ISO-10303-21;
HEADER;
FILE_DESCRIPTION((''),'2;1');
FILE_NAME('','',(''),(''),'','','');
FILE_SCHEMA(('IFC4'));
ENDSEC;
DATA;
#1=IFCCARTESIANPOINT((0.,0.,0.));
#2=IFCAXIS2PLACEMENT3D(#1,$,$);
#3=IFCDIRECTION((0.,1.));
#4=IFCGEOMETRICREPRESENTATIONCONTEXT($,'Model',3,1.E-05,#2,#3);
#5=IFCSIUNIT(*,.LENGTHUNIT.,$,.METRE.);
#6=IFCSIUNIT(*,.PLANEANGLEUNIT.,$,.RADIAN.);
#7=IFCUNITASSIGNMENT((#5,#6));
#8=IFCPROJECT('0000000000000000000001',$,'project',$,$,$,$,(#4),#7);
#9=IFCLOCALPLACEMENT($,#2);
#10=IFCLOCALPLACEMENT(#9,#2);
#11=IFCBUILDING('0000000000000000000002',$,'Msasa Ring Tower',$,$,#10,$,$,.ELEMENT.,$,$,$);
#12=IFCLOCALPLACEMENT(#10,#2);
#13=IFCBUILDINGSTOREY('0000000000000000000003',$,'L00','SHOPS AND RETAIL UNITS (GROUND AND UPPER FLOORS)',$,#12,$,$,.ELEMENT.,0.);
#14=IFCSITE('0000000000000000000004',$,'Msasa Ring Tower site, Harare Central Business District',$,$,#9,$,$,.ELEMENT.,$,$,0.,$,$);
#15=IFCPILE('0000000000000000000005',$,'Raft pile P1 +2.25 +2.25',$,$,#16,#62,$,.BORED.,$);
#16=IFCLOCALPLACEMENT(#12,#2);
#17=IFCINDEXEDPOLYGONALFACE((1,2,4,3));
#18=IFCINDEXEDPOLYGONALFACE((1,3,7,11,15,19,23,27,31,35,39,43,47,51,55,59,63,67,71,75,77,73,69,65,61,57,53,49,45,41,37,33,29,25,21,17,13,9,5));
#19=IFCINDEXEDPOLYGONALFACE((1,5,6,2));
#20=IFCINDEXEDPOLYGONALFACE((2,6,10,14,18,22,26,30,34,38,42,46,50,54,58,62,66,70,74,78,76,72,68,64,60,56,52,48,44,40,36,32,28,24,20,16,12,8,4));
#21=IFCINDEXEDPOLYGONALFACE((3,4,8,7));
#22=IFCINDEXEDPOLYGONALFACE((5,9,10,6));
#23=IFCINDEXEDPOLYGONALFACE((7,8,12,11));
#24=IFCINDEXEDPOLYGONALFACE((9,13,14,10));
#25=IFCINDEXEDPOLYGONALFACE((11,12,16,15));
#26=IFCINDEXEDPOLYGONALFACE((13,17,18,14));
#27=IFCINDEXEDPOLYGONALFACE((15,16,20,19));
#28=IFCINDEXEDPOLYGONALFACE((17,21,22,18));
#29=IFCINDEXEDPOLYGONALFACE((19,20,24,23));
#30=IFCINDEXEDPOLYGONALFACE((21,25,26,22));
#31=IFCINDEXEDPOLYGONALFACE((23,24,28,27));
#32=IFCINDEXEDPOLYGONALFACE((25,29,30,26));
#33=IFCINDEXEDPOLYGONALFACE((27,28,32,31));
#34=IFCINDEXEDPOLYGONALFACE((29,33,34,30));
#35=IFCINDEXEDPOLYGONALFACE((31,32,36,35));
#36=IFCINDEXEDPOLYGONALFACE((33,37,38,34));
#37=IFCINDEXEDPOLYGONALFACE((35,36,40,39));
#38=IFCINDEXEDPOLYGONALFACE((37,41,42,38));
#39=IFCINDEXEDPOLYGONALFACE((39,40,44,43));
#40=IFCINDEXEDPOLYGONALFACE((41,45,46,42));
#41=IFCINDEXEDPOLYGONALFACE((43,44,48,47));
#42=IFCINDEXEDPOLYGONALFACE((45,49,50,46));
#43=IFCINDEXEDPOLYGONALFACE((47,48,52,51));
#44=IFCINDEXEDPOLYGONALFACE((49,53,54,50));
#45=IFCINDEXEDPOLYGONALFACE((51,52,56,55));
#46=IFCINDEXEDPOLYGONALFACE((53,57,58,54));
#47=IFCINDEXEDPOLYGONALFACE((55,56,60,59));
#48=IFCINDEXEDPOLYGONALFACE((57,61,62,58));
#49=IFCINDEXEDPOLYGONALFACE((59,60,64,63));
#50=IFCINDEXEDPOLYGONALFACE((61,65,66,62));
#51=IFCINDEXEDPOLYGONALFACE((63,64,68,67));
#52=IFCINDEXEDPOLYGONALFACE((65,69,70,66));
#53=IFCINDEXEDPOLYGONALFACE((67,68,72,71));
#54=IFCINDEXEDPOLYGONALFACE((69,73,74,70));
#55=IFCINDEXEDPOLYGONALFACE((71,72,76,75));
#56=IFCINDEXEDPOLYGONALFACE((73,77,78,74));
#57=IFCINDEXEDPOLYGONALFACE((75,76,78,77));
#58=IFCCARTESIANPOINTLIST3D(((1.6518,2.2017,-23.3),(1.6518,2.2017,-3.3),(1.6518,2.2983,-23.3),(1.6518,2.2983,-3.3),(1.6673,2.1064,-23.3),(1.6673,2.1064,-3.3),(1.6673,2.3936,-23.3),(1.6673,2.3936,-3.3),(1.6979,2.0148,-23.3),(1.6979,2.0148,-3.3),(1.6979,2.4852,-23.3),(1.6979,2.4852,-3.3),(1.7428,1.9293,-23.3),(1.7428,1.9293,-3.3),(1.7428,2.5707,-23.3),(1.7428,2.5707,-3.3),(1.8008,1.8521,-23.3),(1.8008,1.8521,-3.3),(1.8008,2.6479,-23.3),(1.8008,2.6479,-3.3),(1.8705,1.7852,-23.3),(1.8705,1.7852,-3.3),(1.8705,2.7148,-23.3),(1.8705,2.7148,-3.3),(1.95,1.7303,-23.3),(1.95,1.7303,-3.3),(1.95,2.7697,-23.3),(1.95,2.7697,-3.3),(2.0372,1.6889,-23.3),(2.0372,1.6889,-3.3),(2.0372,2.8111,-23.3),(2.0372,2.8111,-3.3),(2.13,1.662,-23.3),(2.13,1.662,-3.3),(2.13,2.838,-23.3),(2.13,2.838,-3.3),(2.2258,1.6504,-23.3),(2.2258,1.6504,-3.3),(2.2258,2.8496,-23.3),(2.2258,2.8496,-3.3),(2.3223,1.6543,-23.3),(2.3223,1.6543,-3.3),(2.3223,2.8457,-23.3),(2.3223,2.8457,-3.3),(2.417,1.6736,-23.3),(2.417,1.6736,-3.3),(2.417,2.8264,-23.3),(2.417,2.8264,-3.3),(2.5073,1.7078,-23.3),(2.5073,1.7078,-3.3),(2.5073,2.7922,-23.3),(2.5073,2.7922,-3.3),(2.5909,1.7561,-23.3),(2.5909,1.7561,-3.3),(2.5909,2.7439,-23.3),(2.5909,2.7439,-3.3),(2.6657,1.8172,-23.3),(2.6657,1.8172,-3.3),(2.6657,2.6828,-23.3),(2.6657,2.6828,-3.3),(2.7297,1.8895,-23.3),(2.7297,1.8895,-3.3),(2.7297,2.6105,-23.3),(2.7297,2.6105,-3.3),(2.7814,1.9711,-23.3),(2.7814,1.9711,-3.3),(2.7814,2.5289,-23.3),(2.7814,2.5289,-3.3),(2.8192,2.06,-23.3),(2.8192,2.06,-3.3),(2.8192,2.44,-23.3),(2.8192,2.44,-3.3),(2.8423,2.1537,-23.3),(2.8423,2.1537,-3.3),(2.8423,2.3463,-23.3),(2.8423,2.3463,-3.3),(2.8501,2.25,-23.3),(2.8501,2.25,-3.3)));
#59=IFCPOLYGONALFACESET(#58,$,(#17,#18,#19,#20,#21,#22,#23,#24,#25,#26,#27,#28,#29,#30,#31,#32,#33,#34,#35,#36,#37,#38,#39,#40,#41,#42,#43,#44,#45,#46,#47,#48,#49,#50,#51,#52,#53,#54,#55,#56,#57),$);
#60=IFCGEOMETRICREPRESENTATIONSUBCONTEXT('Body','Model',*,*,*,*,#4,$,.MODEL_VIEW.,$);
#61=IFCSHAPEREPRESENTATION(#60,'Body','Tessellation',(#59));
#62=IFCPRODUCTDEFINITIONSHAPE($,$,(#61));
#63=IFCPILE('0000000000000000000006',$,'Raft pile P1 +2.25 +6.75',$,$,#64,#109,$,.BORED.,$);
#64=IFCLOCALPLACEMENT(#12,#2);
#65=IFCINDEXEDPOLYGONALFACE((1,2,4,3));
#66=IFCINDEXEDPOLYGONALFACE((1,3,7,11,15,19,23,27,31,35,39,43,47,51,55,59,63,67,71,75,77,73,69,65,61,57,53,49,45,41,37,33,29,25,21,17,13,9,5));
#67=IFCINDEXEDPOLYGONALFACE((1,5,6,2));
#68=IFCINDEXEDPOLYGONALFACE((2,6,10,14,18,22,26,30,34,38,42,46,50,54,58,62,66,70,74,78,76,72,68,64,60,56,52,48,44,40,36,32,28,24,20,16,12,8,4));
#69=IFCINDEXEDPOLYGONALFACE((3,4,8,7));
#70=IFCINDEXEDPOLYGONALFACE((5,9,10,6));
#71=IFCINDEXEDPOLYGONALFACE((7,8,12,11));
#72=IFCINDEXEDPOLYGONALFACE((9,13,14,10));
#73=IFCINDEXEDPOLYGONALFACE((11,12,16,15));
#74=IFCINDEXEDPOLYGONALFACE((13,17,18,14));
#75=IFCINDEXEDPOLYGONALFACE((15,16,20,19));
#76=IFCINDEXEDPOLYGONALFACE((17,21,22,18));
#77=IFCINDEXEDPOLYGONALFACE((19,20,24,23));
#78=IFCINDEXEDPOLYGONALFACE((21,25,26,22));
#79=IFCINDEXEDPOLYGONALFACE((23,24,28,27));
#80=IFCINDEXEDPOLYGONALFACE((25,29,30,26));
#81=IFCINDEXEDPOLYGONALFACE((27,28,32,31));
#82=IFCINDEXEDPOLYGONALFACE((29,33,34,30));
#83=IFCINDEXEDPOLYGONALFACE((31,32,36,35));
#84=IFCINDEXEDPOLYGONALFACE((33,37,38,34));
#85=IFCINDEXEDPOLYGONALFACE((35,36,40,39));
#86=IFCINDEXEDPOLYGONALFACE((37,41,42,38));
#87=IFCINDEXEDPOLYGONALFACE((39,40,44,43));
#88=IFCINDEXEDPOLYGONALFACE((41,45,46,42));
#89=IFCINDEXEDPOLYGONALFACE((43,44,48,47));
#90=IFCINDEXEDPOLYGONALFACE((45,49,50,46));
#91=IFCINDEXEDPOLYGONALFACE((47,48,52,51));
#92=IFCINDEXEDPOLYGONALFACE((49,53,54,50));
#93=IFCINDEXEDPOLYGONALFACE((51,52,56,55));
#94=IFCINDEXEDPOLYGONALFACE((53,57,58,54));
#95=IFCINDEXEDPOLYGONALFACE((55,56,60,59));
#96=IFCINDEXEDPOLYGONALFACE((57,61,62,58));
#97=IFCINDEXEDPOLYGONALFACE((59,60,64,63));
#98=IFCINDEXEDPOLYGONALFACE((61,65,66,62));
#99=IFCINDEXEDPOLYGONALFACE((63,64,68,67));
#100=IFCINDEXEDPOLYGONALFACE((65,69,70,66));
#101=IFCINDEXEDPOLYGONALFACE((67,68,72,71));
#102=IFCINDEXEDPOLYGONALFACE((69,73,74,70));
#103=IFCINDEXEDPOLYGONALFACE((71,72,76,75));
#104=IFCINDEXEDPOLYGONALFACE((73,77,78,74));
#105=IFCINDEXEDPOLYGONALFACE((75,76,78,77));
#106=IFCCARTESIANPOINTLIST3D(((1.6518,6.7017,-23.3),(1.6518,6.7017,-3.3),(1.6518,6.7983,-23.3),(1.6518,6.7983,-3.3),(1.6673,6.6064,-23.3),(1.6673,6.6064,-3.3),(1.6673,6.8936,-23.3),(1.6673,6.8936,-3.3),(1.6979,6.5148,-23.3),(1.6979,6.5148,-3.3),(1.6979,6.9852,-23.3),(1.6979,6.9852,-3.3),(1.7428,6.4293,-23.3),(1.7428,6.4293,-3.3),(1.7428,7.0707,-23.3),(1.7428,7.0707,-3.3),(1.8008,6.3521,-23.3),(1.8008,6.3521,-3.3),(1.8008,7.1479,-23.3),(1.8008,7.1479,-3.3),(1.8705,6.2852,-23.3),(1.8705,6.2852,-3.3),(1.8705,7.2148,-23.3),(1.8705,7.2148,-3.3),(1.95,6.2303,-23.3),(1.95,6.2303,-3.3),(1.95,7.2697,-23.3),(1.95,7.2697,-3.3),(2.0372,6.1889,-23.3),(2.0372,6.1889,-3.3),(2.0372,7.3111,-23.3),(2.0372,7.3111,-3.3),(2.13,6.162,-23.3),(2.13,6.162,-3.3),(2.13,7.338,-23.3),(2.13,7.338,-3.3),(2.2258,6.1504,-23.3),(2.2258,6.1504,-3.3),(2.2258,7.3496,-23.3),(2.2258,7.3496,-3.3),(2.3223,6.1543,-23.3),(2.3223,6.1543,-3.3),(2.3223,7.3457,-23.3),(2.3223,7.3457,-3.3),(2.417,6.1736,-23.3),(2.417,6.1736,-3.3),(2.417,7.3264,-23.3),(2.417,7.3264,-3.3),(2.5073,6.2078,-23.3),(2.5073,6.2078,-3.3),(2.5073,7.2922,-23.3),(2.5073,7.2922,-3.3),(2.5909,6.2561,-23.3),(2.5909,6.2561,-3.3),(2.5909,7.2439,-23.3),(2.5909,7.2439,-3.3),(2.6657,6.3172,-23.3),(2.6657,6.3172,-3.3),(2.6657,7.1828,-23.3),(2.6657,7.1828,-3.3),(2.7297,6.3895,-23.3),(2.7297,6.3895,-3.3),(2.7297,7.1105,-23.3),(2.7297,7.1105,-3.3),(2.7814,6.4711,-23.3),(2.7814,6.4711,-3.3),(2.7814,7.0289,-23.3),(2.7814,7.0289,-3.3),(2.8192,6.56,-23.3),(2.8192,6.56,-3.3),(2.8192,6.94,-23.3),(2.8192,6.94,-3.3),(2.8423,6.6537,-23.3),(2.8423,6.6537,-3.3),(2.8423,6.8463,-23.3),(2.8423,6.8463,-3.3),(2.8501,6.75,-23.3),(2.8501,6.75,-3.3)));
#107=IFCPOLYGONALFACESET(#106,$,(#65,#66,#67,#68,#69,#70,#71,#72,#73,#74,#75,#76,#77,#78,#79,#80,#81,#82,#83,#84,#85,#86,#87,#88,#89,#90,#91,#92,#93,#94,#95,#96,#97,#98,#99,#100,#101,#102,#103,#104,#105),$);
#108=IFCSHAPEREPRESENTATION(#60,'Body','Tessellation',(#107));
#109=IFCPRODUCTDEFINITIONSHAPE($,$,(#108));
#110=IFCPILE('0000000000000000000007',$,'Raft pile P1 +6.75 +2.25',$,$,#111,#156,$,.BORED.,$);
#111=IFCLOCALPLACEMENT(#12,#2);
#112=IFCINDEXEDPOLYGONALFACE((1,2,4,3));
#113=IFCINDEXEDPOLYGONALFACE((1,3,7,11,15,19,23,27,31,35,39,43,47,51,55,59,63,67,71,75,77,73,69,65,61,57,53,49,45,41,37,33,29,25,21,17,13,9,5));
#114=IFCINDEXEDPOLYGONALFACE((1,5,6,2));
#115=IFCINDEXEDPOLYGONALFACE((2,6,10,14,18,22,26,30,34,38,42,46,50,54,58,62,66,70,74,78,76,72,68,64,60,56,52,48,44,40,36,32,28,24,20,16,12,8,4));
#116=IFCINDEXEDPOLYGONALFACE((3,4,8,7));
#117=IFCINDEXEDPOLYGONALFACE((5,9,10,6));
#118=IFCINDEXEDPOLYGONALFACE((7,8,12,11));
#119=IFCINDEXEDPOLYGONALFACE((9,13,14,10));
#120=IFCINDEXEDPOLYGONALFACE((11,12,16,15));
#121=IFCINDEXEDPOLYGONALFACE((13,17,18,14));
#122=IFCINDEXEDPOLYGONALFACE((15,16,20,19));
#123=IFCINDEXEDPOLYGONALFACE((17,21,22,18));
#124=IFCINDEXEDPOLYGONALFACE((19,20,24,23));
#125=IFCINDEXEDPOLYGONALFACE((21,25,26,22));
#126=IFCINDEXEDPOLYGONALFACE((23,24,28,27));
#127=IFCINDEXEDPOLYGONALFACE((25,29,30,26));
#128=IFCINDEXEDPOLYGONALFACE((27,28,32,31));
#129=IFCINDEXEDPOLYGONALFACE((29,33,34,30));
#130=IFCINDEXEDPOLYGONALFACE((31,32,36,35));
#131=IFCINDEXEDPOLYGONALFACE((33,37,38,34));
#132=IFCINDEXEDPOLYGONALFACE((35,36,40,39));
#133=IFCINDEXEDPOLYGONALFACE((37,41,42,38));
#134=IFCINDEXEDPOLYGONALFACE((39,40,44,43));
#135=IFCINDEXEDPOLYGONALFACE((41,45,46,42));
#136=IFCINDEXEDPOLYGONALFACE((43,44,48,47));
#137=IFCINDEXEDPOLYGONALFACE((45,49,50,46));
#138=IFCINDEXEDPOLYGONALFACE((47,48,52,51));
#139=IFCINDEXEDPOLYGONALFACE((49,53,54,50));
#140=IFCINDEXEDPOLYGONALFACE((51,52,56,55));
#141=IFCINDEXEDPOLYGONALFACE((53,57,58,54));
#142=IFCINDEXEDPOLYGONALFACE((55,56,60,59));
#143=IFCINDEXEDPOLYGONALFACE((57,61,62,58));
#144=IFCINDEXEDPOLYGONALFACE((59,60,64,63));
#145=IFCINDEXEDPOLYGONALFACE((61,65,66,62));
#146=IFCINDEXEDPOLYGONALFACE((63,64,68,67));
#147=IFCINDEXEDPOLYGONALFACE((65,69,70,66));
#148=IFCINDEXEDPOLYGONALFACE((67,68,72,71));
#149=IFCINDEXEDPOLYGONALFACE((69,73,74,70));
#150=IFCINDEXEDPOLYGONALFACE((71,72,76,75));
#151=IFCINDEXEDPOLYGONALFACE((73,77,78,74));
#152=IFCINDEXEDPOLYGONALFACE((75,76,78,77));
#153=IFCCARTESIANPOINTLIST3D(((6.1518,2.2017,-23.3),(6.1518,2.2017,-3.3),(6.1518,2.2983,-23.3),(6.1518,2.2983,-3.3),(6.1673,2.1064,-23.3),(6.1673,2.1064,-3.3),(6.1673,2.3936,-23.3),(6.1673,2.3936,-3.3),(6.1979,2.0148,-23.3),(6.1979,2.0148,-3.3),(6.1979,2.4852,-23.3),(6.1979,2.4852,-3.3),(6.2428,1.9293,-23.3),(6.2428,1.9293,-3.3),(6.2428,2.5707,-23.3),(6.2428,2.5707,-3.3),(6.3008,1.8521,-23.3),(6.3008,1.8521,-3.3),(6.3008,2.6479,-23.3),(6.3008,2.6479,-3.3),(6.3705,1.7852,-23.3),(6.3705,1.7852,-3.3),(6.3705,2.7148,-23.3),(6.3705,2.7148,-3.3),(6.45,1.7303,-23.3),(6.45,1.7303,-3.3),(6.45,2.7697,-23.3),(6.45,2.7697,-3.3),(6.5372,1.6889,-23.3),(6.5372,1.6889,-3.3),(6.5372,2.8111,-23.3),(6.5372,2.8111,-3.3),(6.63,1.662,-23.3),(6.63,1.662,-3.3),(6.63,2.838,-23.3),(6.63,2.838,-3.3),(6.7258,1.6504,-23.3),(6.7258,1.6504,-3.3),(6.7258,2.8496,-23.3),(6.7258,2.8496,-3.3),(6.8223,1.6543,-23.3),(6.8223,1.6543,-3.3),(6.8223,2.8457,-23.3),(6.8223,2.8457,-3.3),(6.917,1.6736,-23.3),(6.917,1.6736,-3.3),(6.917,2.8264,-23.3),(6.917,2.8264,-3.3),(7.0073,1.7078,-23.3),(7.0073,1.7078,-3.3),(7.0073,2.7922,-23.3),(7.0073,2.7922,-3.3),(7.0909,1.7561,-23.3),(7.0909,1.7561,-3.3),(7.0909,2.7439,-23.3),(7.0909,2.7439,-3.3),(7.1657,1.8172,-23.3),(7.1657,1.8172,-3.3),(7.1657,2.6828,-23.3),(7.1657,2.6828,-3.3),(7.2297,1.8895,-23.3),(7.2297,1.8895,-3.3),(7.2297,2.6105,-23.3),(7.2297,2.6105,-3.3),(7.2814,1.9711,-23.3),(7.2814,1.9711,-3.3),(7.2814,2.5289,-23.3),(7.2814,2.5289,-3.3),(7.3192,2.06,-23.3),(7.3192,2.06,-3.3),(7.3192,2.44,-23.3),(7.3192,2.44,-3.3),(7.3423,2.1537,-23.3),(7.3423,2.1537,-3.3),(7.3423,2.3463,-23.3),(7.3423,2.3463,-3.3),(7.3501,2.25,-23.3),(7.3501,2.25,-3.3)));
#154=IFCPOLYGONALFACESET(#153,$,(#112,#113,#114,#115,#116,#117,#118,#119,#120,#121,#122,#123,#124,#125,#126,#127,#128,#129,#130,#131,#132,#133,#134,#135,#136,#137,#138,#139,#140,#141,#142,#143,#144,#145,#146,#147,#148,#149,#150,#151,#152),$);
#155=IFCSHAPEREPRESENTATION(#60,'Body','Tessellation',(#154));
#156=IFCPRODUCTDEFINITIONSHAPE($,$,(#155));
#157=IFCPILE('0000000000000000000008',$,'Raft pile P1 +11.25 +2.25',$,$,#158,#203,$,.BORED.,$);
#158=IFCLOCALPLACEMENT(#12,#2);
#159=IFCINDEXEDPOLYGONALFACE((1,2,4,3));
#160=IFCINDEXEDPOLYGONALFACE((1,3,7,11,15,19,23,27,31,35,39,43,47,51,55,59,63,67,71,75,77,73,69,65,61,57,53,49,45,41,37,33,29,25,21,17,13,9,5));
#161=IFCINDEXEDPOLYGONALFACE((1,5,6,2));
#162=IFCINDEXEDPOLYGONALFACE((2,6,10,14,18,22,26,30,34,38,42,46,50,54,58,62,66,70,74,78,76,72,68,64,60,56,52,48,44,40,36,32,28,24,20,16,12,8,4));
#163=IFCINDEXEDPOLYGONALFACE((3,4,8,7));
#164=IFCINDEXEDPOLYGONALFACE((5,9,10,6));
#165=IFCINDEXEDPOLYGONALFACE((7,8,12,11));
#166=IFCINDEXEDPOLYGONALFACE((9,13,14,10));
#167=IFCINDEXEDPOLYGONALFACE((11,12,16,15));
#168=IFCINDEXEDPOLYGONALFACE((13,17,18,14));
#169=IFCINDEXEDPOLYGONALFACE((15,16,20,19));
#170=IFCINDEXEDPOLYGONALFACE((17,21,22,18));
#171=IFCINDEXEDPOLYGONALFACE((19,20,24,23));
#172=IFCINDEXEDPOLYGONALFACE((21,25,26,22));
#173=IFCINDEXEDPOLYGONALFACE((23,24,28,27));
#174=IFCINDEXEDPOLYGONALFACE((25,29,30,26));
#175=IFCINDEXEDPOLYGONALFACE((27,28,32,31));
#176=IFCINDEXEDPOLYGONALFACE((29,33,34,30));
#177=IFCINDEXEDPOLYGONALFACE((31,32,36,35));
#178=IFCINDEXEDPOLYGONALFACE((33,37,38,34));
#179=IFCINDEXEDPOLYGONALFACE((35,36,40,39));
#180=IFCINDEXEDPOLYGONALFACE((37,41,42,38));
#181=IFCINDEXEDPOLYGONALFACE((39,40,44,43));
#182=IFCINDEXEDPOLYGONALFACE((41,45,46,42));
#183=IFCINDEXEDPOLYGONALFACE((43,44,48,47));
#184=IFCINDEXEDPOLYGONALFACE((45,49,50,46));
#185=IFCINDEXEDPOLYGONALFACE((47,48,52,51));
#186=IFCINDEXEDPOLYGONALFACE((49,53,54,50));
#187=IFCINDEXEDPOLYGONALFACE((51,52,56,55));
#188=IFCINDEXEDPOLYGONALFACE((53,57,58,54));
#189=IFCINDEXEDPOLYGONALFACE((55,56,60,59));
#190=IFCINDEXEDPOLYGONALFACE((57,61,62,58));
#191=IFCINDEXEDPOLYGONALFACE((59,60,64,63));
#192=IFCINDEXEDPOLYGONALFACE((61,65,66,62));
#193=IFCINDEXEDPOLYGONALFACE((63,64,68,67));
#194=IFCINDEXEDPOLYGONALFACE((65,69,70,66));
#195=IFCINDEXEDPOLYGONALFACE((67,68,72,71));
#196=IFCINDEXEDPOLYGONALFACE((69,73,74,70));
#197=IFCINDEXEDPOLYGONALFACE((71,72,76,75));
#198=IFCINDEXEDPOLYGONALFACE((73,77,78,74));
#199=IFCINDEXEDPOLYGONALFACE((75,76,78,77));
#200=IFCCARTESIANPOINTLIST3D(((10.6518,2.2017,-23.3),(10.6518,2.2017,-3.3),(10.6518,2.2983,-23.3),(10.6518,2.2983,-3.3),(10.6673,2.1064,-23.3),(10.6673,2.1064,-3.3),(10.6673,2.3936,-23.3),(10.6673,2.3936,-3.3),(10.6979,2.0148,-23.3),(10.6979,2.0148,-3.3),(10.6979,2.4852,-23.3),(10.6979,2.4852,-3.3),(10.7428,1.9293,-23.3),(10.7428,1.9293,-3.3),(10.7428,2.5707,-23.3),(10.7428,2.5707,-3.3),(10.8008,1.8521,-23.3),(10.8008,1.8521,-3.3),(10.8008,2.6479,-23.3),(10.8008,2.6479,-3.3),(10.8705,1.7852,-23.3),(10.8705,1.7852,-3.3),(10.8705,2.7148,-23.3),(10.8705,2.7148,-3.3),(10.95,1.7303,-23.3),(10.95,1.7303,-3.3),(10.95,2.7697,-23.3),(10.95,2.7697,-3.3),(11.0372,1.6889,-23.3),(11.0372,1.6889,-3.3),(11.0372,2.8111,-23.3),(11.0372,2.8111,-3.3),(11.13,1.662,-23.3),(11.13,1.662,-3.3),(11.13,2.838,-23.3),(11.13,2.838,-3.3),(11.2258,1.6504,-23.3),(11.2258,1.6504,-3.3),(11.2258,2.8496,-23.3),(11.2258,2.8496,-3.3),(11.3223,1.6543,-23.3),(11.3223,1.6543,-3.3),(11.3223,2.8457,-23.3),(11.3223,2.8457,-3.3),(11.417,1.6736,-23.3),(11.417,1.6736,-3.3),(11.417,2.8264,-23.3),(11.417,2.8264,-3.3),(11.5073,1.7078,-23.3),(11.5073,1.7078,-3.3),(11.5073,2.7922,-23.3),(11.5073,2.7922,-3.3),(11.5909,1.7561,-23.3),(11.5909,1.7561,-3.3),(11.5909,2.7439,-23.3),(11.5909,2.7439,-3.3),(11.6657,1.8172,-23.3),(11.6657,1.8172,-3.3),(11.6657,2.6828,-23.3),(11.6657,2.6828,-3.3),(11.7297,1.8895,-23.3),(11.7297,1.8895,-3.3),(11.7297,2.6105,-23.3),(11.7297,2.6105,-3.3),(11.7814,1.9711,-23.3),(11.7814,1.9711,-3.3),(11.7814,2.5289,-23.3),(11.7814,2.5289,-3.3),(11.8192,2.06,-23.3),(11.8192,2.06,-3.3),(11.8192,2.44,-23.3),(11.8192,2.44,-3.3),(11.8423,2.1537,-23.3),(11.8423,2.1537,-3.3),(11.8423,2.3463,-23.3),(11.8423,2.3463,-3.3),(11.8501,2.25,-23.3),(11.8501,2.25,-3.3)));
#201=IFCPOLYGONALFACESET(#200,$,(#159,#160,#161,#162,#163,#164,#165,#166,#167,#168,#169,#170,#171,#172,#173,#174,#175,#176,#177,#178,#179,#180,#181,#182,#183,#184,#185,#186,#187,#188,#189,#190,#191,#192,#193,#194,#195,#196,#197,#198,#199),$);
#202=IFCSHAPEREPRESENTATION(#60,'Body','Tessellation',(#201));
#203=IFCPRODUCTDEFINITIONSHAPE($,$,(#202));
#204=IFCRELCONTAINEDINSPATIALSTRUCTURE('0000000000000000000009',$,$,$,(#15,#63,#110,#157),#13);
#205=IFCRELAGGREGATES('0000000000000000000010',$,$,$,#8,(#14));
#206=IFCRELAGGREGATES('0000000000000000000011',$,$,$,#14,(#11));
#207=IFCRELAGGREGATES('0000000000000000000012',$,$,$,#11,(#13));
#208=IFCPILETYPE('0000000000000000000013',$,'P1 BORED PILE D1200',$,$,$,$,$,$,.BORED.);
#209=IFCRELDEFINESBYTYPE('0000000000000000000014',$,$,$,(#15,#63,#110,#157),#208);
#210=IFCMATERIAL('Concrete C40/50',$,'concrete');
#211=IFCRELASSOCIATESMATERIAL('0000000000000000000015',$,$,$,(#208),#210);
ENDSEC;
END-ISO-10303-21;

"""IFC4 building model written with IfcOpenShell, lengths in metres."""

from ifc_helpers import new_model, si_unit, direction, frame, origin, origin_2d, place, context, subcontext, project, spatial, circle, extrude, material, material_profile, profile_set, type_object, element, save


model = new_model("IFC4")

# Units and contexts
model_context = context("Model", 3, precision=1e-05, world=origin(), true_north=direction((0.0, 1.0)))
body_context = subcontext(model_context, "Body", "Model", "MODEL_VIEW")
ifc_project = project(units=[si_unit("LENGTHUNIT", "METRE"), si_unit("PLANEANGLEUNIT", "RADIAN")], contexts=[model_context])

# Site, building, storey
site_placement = place(None, origin())
site = spatial("IfcSite", under=ifc_project, at=site_placement, Name="Msasa Ring Tower site, Harare Central Business District", CompositionType="ELEMENT", RefElevation=0.0)
building_placement = place(site_placement, origin())
building = spatial("IfcBuilding", under=site, at=building_placement, Name="Msasa Ring Tower", CompositionType="ELEMENT")
storey_placement = place(building_placement, origin())
storey = spatial("IfcBuildingStorey", under=building, at=storey_placement, Name="L00", Description="SHOPS AND RETAIL UNITS (GROUND AND UPPER FLOORS)", CompositionType="ELEMENT", Elevation=0.0)

# Piles
ifc_material_1 = material(Name="Concrete C40/50", Category="concrete")
ifc_material_profile_1 = material_profile(ifc_material_1, circle(Radius=0.6001, at=origin_2d()), Name="D1200")
ifc_profile_set_1 = profile_set([ifc_material_profile_1], Name="Concrete C40/50")
pile_type = type_object("IfcPileType", Name="P1 BORED PILE D1200", PredefinedType="BORED", material=ifc_profile_set_1)
for number, where, z_axis, x_axis, name in (
    (1, (2.25, 2.25, -3.3), (0.0, 0.0, -1.0), (1.0, 0.0, 0.0), "Raft pile P1 +2.25 +2.25"),
    (2, (2.25, 6.75, -3.3), (0.0, 0.0, -1.0), (1.0, 0.0, 0.0), "Raft pile P1 +2.25 +6.75"),
    (3, (6.75, 2.25, -3.3), (0.0, 0.0, -1.0), (1.0, 0.0, 0.0), "Raft pile P1 +6.75 +2.25"),
    (4, (11.25, 2.25, -3.3), (0.0, 0.0, -1.0), (1.0, 0.0, 0.0), "Raft pile P1 +11.25 +2.25"),
):
    element("IfcPile", number, at=place(storey_placement, frame(where, z_axis=z_axis, x_axis=x_axis)), inside=storey, type_object=pile_type, Name=name, PredefinedType="BORED", context=body_context, shape_type="SweptSolid", body=[
        extrude(circle(Radius=0.6001, at=origin_2d()), origin(), (0.0, 0.0, 1.0), 20.0),
    ])

save(model, "model.ifc")
